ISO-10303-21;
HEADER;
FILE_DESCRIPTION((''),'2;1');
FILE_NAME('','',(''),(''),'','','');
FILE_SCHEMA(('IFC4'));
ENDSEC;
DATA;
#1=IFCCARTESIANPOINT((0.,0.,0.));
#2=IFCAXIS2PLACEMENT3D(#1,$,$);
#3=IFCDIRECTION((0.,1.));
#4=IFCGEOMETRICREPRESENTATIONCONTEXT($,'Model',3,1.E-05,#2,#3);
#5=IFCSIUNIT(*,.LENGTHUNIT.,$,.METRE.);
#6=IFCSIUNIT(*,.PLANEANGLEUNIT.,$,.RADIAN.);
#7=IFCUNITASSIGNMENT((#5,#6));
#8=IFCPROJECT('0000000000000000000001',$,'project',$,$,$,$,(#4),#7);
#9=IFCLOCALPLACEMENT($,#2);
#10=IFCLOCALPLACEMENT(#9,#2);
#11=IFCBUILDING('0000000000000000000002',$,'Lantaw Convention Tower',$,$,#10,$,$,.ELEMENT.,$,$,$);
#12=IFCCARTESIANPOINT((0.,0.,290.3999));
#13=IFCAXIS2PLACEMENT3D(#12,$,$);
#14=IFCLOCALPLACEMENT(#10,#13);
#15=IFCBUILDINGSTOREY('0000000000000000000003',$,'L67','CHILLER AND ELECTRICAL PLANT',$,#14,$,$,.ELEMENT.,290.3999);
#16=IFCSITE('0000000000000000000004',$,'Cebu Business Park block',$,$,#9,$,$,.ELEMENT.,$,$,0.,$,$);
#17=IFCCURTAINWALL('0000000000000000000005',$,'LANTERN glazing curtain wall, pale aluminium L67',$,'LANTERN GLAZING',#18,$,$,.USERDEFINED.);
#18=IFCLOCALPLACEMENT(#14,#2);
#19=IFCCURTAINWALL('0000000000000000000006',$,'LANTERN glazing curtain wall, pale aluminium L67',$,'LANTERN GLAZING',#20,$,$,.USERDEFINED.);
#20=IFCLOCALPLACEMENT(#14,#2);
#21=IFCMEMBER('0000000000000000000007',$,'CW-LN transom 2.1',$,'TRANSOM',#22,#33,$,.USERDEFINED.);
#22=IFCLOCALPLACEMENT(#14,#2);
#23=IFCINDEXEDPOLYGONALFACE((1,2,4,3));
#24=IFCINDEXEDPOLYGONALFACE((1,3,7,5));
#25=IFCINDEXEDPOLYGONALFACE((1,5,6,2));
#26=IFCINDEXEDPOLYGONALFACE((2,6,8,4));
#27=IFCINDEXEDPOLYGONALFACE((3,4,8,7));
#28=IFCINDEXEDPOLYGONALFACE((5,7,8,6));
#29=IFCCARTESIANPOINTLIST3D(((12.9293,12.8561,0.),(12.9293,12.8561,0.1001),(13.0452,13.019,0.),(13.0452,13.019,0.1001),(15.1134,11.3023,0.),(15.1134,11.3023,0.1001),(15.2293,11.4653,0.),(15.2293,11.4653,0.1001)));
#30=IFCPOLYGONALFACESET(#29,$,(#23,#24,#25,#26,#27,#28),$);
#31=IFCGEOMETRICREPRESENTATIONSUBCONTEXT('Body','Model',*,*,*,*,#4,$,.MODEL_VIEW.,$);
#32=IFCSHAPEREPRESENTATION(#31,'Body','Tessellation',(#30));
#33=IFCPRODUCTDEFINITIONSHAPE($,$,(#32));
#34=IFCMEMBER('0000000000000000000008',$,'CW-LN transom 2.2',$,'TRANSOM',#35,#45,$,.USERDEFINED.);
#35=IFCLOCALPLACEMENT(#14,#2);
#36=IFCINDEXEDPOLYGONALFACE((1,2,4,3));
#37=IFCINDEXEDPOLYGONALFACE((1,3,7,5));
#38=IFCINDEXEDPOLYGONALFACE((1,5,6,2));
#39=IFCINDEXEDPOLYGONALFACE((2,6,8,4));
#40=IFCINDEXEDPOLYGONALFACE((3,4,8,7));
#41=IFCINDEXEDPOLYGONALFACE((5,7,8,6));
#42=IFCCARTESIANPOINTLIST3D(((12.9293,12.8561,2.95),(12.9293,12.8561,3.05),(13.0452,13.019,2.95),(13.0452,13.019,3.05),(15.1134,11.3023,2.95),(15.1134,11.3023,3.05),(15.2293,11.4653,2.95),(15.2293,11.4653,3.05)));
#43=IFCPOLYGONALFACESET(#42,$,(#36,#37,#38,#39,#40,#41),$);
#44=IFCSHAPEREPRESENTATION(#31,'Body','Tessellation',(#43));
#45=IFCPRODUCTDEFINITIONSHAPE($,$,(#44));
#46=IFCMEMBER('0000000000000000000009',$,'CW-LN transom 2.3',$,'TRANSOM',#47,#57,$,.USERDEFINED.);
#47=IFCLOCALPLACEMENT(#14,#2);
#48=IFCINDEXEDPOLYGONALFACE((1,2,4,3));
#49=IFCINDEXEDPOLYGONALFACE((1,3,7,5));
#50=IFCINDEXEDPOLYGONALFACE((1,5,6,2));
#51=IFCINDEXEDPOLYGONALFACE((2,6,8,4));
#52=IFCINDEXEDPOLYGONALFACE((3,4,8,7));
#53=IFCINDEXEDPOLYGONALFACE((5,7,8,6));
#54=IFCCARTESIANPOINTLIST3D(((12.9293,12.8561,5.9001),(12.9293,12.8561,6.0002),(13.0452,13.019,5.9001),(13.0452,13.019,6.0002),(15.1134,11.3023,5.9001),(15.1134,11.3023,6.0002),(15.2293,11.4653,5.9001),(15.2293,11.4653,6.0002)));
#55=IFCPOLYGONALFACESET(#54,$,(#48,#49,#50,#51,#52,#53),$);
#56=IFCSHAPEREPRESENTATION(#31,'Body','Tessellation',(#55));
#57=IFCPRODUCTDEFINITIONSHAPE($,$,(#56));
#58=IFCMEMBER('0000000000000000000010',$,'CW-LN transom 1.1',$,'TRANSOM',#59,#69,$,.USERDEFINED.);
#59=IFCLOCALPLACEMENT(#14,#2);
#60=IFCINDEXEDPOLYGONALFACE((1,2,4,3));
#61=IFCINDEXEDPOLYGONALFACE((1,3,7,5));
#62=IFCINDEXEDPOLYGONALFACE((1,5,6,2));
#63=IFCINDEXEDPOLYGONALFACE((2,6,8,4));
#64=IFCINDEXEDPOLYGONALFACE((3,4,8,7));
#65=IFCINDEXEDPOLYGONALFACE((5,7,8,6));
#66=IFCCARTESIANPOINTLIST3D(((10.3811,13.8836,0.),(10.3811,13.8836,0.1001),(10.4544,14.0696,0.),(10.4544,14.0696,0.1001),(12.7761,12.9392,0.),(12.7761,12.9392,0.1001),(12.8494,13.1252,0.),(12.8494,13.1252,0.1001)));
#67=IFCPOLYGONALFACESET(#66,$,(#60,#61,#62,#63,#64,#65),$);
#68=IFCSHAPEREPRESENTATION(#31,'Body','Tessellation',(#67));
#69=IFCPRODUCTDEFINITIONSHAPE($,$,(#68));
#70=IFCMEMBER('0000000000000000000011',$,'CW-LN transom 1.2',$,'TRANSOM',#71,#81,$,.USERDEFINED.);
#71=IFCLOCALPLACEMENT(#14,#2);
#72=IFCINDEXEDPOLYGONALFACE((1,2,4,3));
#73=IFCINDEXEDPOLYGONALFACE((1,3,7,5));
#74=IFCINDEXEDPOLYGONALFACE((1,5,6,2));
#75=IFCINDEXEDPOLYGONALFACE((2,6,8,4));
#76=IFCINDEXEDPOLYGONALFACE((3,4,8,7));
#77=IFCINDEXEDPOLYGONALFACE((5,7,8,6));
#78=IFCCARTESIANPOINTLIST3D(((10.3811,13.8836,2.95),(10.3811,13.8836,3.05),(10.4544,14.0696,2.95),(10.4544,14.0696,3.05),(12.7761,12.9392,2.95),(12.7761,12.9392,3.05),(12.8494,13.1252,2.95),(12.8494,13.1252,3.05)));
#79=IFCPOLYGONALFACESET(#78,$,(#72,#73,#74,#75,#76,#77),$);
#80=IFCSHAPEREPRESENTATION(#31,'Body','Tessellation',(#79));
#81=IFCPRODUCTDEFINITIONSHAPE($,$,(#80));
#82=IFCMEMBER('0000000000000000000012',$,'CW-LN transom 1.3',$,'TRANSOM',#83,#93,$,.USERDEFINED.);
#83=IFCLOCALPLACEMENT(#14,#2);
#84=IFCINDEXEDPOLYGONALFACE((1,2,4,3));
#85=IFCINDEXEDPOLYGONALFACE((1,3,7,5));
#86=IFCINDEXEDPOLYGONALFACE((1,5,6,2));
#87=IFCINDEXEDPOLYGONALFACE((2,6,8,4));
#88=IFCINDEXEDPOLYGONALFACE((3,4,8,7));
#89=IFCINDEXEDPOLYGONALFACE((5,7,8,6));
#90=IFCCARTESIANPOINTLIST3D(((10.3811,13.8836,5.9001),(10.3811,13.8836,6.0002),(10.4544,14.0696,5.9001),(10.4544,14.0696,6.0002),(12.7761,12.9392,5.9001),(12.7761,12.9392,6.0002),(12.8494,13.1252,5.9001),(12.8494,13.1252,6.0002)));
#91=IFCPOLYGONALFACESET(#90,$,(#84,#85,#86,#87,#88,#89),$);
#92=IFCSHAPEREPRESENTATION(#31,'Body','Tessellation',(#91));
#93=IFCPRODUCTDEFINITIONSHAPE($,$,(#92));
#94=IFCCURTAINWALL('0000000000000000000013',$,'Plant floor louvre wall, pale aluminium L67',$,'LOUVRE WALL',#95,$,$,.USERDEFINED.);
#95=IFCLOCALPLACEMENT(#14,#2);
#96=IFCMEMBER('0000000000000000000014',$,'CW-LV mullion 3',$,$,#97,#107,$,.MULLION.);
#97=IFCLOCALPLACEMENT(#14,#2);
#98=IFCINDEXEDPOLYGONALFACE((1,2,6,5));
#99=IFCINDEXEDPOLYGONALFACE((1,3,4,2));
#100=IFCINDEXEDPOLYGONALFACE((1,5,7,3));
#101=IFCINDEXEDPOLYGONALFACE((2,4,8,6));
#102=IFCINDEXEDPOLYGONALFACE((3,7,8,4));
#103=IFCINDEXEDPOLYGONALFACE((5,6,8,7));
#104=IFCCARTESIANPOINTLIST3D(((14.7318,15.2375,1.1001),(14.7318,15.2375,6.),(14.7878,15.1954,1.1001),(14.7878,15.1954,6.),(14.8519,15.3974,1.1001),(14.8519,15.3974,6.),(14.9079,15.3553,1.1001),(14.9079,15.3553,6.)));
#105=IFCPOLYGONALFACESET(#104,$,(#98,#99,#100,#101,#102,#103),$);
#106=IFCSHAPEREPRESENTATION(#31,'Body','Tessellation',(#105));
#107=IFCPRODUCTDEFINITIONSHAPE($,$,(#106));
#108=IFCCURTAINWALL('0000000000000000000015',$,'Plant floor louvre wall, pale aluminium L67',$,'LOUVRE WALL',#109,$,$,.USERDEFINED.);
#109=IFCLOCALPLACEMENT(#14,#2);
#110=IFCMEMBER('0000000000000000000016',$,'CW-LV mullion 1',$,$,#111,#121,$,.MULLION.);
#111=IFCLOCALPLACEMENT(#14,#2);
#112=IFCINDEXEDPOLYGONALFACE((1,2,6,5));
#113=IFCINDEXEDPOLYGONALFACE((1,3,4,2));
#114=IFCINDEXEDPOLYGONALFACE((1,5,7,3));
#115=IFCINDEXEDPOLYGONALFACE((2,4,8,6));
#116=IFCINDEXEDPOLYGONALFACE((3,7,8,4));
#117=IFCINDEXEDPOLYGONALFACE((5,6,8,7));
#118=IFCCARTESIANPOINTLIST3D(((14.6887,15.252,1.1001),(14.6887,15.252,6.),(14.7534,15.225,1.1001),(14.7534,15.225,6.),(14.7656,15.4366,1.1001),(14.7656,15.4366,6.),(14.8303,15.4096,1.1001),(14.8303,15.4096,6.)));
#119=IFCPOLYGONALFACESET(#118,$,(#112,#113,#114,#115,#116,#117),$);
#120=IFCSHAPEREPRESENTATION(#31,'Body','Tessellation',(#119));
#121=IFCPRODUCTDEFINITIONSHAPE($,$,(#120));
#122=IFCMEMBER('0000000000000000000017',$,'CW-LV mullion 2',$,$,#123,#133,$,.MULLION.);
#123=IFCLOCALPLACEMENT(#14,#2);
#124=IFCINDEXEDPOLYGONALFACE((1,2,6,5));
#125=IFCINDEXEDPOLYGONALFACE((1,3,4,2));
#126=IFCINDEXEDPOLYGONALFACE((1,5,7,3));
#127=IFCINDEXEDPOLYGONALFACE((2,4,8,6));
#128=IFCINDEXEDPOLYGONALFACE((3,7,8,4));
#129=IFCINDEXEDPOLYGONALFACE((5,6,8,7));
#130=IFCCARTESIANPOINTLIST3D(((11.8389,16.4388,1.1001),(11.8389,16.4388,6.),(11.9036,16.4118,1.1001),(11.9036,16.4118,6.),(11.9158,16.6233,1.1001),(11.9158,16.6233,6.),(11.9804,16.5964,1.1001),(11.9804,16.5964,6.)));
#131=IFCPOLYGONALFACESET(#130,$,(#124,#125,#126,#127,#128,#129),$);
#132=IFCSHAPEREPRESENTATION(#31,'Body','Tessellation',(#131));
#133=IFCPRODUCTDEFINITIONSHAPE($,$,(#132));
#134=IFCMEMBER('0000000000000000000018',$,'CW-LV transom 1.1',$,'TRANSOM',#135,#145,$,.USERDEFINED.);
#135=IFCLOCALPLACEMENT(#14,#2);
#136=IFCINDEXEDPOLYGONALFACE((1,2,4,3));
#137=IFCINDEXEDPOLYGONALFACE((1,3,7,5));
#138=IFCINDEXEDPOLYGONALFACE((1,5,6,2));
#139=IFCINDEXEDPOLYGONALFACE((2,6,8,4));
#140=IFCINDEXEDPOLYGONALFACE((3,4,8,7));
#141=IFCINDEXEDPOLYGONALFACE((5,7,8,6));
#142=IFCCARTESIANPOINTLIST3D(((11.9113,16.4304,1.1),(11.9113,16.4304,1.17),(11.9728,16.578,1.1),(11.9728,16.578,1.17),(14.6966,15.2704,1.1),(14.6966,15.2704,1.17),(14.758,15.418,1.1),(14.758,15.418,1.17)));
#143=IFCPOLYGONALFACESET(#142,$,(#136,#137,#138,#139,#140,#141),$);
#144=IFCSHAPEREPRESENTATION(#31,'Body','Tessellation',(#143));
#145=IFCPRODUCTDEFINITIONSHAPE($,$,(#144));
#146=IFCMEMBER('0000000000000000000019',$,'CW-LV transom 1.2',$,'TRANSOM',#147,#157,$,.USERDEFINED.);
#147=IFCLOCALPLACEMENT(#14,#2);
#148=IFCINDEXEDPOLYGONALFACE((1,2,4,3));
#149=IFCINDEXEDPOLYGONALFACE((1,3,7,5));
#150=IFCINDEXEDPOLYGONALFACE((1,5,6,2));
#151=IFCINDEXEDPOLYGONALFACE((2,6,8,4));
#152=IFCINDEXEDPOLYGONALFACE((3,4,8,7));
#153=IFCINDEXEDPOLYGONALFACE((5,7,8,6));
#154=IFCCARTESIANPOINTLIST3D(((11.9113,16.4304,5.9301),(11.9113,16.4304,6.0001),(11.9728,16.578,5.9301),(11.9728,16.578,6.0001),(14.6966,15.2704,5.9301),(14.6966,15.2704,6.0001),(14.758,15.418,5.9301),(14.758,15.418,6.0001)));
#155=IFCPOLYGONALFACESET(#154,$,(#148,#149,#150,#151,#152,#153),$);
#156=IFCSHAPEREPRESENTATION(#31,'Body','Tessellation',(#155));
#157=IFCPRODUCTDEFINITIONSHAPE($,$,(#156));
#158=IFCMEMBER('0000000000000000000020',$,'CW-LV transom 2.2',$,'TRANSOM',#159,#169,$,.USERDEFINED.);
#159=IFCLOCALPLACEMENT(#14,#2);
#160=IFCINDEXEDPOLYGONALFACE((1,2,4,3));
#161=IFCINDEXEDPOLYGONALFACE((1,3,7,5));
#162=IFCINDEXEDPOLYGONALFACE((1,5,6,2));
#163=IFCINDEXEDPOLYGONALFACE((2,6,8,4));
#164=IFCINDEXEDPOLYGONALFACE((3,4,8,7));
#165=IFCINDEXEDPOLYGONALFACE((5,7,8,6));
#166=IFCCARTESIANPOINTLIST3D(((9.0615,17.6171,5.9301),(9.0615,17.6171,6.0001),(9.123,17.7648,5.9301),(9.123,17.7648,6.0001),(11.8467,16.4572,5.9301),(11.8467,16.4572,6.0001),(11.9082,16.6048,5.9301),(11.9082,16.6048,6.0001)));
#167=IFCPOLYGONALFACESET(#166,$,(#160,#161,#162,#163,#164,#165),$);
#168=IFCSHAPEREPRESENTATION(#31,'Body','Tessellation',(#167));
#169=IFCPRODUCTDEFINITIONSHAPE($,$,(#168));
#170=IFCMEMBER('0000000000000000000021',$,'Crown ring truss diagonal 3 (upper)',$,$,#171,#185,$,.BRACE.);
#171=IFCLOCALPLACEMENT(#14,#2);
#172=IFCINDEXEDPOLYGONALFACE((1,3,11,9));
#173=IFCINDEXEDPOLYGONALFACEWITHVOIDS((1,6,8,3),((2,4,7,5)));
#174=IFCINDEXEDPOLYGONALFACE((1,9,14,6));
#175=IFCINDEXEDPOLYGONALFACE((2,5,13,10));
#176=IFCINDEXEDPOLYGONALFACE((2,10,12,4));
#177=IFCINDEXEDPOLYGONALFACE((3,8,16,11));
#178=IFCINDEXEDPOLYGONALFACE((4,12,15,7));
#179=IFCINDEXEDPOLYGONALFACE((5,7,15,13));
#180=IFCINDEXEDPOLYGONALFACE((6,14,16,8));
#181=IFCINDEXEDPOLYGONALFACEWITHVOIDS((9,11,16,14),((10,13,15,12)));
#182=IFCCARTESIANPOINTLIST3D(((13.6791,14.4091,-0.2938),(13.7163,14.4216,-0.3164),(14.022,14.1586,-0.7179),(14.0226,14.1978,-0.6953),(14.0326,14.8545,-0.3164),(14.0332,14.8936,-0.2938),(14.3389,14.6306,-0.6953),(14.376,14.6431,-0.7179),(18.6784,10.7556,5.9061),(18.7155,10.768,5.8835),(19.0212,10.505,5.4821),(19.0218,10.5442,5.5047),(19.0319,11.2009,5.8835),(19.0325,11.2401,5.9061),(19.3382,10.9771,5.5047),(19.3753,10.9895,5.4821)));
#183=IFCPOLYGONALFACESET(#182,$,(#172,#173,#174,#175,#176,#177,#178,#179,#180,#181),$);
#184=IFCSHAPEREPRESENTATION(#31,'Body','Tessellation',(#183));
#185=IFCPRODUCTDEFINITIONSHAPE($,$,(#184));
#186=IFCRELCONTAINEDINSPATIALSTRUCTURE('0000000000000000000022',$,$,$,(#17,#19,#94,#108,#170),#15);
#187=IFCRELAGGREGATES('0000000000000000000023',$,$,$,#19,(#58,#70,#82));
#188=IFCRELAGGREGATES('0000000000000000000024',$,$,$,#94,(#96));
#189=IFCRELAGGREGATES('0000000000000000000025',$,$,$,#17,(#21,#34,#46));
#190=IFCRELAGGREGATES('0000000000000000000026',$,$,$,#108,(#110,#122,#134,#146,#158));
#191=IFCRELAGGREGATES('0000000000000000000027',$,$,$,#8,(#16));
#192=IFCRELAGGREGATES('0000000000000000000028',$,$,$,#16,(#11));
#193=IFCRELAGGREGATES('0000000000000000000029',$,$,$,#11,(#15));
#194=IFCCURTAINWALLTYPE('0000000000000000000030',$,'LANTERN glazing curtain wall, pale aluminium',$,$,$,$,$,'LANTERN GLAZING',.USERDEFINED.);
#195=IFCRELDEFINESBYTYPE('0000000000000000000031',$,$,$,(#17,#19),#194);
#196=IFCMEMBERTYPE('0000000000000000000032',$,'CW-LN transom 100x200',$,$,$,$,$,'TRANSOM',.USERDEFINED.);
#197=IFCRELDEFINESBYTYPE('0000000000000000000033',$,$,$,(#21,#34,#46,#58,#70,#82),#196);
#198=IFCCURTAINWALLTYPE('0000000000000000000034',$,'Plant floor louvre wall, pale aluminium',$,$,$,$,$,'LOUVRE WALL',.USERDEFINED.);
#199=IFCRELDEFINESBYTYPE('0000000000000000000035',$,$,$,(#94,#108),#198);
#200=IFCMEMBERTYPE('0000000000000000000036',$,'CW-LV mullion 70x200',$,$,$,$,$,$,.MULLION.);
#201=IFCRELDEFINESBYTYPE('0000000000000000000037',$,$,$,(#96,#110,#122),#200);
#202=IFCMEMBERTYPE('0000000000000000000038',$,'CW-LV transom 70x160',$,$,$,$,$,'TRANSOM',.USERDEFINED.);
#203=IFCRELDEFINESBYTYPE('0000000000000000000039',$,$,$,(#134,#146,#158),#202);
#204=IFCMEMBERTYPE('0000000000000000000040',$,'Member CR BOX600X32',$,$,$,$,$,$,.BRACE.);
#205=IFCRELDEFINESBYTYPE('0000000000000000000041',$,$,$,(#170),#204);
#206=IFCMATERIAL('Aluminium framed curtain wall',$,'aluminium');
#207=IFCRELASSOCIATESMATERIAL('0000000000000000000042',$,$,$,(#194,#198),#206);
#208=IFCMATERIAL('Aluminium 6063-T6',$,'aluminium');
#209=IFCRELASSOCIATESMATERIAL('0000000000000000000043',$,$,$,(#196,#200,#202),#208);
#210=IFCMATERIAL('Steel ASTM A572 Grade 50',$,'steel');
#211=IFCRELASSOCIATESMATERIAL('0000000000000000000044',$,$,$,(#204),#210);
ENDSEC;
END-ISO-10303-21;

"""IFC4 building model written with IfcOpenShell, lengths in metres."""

from ifc_helpers import new_model, si_unit, direction, frame, origin, origin_2d, place, context, subcontext, project, spatial, rectangle, hollow_rectangle, extrude, material, material_profile, profile_set, type_object, element, aggregate, save


model = new_model("IFC4")

# Units and contexts
model_context = context("Model", 3, precision=1e-05, world=origin(), true_north=direction((0.0, 1.0)))
body_context = subcontext(model_context, "Body", "Model", "MODEL_VIEW")
ifc_project = project(units=[si_unit("LENGTHUNIT", "METRE"), si_unit("PLANEANGLEUNIT", "RADIAN")], contexts=[model_context])

# Site, building, storey
site_placement = place(None, origin())
site = spatial("IfcSite", under=ifc_project, at=site_placement, Name="Cebu Business Park block", CompositionType="ELEMENT", RefElevation=0.0)
building_placement = place(site_placement, origin())
building = spatial("IfcBuilding", under=site, at=building_placement, Name="Lantaw Convention Tower", CompositionType="ELEMENT")
storey_placement = place(building_placement, frame((0.0, 0.0, 290.3999)))
storey = spatial("IfcBuildingStorey", under=building, at=storey_placement, Name="L67", Description="CHILLER AND ELECTRICAL PLANT", CompositionType="ELEMENT", Elevation=290.3999)

# Shared definitions
ifc_material_1 = material(Name="Steel ASTM A572 Grade 50", Category="steel")

# Curtain wall
ifc_material_2 = material(Name="Aluminium framed curtain wall", Category="aluminium")
curtain_wall_type_1 = type_object("IfcCurtainWallType", Name="LANTERN glazing curtain wall, pale aluminium", ElementType="LANTERN GLAZING", PredefinedType="USERDEFINED", material=ifc_material_2)
curtain_wall_1_placement = place(storey_placement, origin())
curtain_wall_1 = element("IfcCurtainWall", 1, at=curtain_wall_1_placement, inside=storey, type_object=curtain_wall_type_1, Name="LANTERN glazing curtain wall, pale aluminium L67", ObjectType="LANTERN GLAZING", PredefinedType="USERDEFINED")
ifc_material_3 = material(Name="Aluminium 6063-T6", Category="aluminium")

# Curtain wall
curtain_wall_2_placement = place(storey_placement, origin())
curtain_wall_2 = element("IfcCurtainWall", 2, at=curtain_wall_2_placement, inside=storey, type_object=curtain_wall_type_1, Name="LANTERN glazing curtain wall, pale aluminium L67", ObjectType="LANTERN GLAZING", PredefinedType="USERDEFINED")

# Members
ifc_material_profile_1 = material_profile(ifc_material_3, rectangle(XDim=0.2, YDim=0.1001, at=origin_2d()), Name="CW-LN transom 100x200")
ifc_profile_set_1 = profile_set([ifc_material_profile_1], Name="Aluminium 6063-T6")
member_type_1 = type_object("IfcMemberType", Name="CW-LN transom 100x200", ElementType="TRANSOM", PredefinedType="USERDEFINED", material=ifc_profile_set_1)
member_1_placement = place(storey_placement, frame((15.1714, 11.3838, 0.05), z_axis=(-0.814852, 0.579669, 0.0), x_axis=(-0.579669, -0.814852, 0.0)))
member_1 = element("IfcMember", 3, at=member_1_placement, type_object=member_type_1, Name="CW-LN transom 2.1", ObjectType="TRANSOM", PredefinedType="USERDEFINED", context=body_context, shape_type="SweptSolid", body=[
    extrude(rectangle(XDim=0.2, YDim=0.1001, at=origin_2d()), origin(), (0.0, 0.0, 1.0), 2.6804),
])
member_2_placement = place(storey_placement, frame((15.1714, 11.3838, 3.0), z_axis=(-0.814852, 0.579669, 0.0), x_axis=(-0.579669, -0.814852, 0.0)))
member_2 = element("IfcMember", 4, at=member_2_placement, type_object=member_type_1, Name="CW-LN transom 2.2", ObjectType="TRANSOM", PredefinedType="USERDEFINED", context=body_context, shape_type="SweptSolid", body=[
    extrude(rectangle(XDim=0.2, YDim=0.1001, at=origin_2d()), origin(), (0.0, 0.0, 1.0), 2.6804),
])
member_3_placement = place(storey_placement, frame((15.1714, 11.3838, 5.9502), z_axis=(-0.814852, 0.579669, 0.0), x_axis=(-0.579669, -0.814852, 0.0)))
member_3 = element("IfcMember", 5, at=member_3_placement, type_object=member_type_1, Name="CW-LN transom 2.3", ObjectType="TRANSOM", PredefinedType="USERDEFINED", context=body_context, shape_type="SweptSolid", body=[
    extrude(rectangle(XDim=0.2, YDim=0.1001, at=origin_2d()), origin(), (0.0, 0.0, 1.0), 2.6804),
])
member_4_placement = place(storey_placement, frame((12.8127, 13.0322, 0.05), z_axis=(-0.930297, 0.366808, 0.0), x_axis=(-0.366808, -0.930297, 0.0)))
member_4 = element("IfcMember", 6, at=member_4_placement, type_object=member_type_1, Name="CW-LN transom 1.1", ObjectType="TRANSOM", PredefinedType="USERDEFINED", context=body_context, shape_type="SweptSolid", body=[
    extrude(rectangle(XDim=0.2, YDim=0.1001, at=origin_2d()), origin(), (0.0, 0.0, 1.0), 2.5745),
])
member_5_placement = place(storey_placement, frame((12.8127, 13.0322, 3.0), z_axis=(-0.930297, 0.366808, 0.0), x_axis=(-0.366808, -0.930297, 0.0)))
member_5 = element("IfcMember", 7, at=member_5_placement, type_object=member_type_1, Name="CW-LN transom 1.2", ObjectType="TRANSOM", PredefinedType="USERDEFINED", context=body_context, shape_type="SweptSolid", body=[
    extrude(rectangle(XDim=0.2, YDim=0.1001, at=origin_2d()), origin(), (0.0, 0.0, 1.0), 2.5745),
])
member_6_placement = place(storey_placement, frame((12.8127, 13.0322, 5.9502), z_axis=(-0.930297, 0.366808, 0.0), x_axis=(-0.366808, -0.930297, 0.0)))
member_6 = element("IfcMember", 8, at=member_6_placement, type_object=member_type_1, Name="CW-LN transom 1.3", ObjectType="TRANSOM", PredefinedType="USERDEFINED", context=body_context, shape_type="SweptSolid", body=[
    extrude(rectangle(XDim=0.2, YDim=0.1001, at=origin_2d()), origin(), (0.0, 0.0, 1.0), 2.5745),
])
aggregate(curtain_wall_2, [member_4, member_5, member_6])

# Curtain wall, member
curtain_wall_type_2 = type_object("IfcCurtainWallType", Name="Plant floor louvre wall, pale aluminium", ElementType="LOUVRE WALL", PredefinedType="USERDEFINED", material=ifc_material_2)
curtain_wall_3_placement = place(storey_placement, origin())
curtain_wall_3 = element("IfcCurtainWall", 9, at=curtain_wall_3_placement, inside=storey, type_object=curtain_wall_type_2, Name="Plant floor louvre wall, pale aluminium L67", ObjectType="LOUVRE WALL", PredefinedType="USERDEFINED")
ifc_material_profile_2 = material_profile(ifc_material_3, rectangle(XDim=0.2, YDim=0.0701, at=origin_2d()), Name="CW-LV mullion 70x200")
ifc_profile_set_2 = profile_set([ifc_material_profile_2], Name="Aluminium 6063-T6")
member_type_2 = type_object("IfcMemberType", Name="CW-LV mullion 70x200", PredefinedType="MULLION", material=ifc_profile_set_2)
member_7_placement = place(storey_placement, frame((14.8198, 15.2964, 1.1001), z_axis=(0.0, 0.0, 1.0), x_axis=(-0.600643, -0.799518, 0.0)))
member_7 = element("IfcMember", 10, at=member_7_placement, type_object=member_type_2, Name="CW-LV mullion 3", PredefinedType="MULLION", context=body_context, shape_type="SweptSolid", body=[
    extrude(rectangle(XDim=0.2, YDim=0.0701, at=origin_2d()), origin(), (0.0, 0.0, 1.0), 4.8999),
])
aggregate(curtain_wall_3, [member_7])

# Curtain wall, members
curtain_wall_4_placement = place(storey_placement, origin())
curtain_wall_4 = element("IfcCurtainWall", 11, at=curtain_wall_4_placement, inside=storey, type_object=curtain_wall_type_2, Name="Plant floor louvre wall, pale aluminium L67", ObjectType="LOUVRE WALL", PredefinedType="USERDEFINED")
member_8_placement = place(storey_placement, frame((14.7595, 15.3308, 1.1001), z_axis=(0.0, 0.0, 1.0), x_axis=(-0.38446, -0.923142, 0.0)))
member_8 = element("IfcMember", 12, at=member_8_placement, type_object=member_type_2, Name="CW-LV mullion 1", PredefinedType="MULLION", context=body_context, shape_type="SweptSolid", body=[
    extrude(rectangle(XDim=0.2, YDim=0.0701, at=origin_2d()), origin(), (0.0, 0.0, 1.0), 4.8999),
])
member_9_placement = place(storey_placement, frame((11.9097, 16.5176, 1.1001), z_axis=(0.0, 0.0, 1.0), x_axis=(-0.38446, -0.923142, 0.0)))
member_9 = element("IfcMember", 13, at=member_9_placement, type_object=member_type_2, Name="CW-LV mullion 2", PredefinedType="MULLION", context=body_context, shape_type="SweptSolid", body=[
    extrude(rectangle(XDim=0.2, YDim=0.0701, at=origin_2d()), origin(), (0.0, 0.0, 1.0), 4.8999),
])
ifc_material_profile_3 = material_profile(ifc_material_3, rectangle(XDim=0.1599, YDim=0.0701, at=origin_2d()), Name="CW-LV transom 70x160")
ifc_profile_set_3 = profile_set([ifc_material_profile_3], Name="Aluminium 6063-T6")
member_type_3 = type_object("IfcMemberType", Name="CW-LV transom 70x160", ElementType="TRANSOM", PredefinedType="USERDEFINED", material=ifc_profile_set_3)
member_10_placement = place(storey_placement, frame((14.7273, 15.3442, 1.135), z_axis=(-0.923144, 0.384454, 0.0), x_axis=(-0.384454, -0.923144, 0.0)))
member_10 = element("IfcMember", 14, at=member_10_placement, type_object=member_type_3, Name="CW-LV transom 1.1", ObjectType="TRANSOM", PredefinedType="USERDEFINED", context=body_context, shape_type="SweptSolid", body=[
    extrude(rectangle(XDim=0.1599, YDim=0.0701, at=origin_2d()), origin(), (0.0, 0.0, 1.0), 3.0171),
])
member_11_placement = place(storey_placement, frame((14.7273, 15.3442, 5.9651), z_axis=(-0.923144, 0.384454, 0.0), x_axis=(-0.384454, -0.923144, 0.0)))
member_11 = element("IfcMember", 15, at=member_11_placement, type_object=member_type_3, Name="CW-LV transom 1.2", ObjectType="TRANSOM", PredefinedType="USERDEFINED", context=body_context, shape_type="SweptSolid", body=[
    extrude(rectangle(XDim=0.1599, YDim=0.0701, at=origin_2d()), origin(), (0.0, 0.0, 1.0), 3.0171),
])
member_12_placement = place(storey_placement, frame((11.8774, 16.531, 5.9651), z_axis=(-0.923144, 0.384454, 0.0), x_axis=(-0.384454, -0.923144, 0.0)))
member_12 = element("IfcMember", 16, at=member_12_placement, type_object=member_type_3, Name="CW-LV transom 2.2", ObjectType="TRANSOM", PredefinedType="USERDEFINED", context=body_context, shape_type="SweptSolid", body=[
    extrude(rectangle(XDim=0.1599, YDim=0.0701, at=origin_2d()), origin(), (0.0, 0.0, 1.0), 3.0171),
])

# Member
ifc_material_profile_4 = material_profile(ifc_material_1, hollow_rectangle(XDim=0.6001, YDim=0.6001, WallThickness=0.032, at=origin_2d()), Name="BOX600X32")
ifc_profile_set_4 = profile_set([ifc_material_profile_4], Name="Steel ASTM A572 Grade 50")
member_type_4 = type_object("IfcMemberType", Name="Member CR BOX600X32", PredefinedType="BRACE", material=ifc_profile_set_4)
member_13_placement = place(storey_placement, frame((14.0276, 14.5261, -0.5059), z_axis=(0.570533, -0.416957, 0.707559), x_axis=(0.590043, 0.807372, 0.0)))
element("IfcMember", 17, at=member_13_placement, inside=storey, type_object=member_type_4, Name="Crown ring truss diagonal 3 (upper)", PredefinedType="BRACE", context=body_context, shape_type="SweptSolid", body=[
    extrude(hollow_rectangle(XDim=0.6001, YDim=0.6001, WallThickness=0.032, at=origin_2d()), origin(), (0.0, 0.0, 1.0), 8.7625),
])

aggregate(curtain_wall_1, [member_1, member_2, member_3])
aggregate(curtain_wall_4, [member_8, member_9, member_10, member_11, member_12])

save(model, "model.ifc")
